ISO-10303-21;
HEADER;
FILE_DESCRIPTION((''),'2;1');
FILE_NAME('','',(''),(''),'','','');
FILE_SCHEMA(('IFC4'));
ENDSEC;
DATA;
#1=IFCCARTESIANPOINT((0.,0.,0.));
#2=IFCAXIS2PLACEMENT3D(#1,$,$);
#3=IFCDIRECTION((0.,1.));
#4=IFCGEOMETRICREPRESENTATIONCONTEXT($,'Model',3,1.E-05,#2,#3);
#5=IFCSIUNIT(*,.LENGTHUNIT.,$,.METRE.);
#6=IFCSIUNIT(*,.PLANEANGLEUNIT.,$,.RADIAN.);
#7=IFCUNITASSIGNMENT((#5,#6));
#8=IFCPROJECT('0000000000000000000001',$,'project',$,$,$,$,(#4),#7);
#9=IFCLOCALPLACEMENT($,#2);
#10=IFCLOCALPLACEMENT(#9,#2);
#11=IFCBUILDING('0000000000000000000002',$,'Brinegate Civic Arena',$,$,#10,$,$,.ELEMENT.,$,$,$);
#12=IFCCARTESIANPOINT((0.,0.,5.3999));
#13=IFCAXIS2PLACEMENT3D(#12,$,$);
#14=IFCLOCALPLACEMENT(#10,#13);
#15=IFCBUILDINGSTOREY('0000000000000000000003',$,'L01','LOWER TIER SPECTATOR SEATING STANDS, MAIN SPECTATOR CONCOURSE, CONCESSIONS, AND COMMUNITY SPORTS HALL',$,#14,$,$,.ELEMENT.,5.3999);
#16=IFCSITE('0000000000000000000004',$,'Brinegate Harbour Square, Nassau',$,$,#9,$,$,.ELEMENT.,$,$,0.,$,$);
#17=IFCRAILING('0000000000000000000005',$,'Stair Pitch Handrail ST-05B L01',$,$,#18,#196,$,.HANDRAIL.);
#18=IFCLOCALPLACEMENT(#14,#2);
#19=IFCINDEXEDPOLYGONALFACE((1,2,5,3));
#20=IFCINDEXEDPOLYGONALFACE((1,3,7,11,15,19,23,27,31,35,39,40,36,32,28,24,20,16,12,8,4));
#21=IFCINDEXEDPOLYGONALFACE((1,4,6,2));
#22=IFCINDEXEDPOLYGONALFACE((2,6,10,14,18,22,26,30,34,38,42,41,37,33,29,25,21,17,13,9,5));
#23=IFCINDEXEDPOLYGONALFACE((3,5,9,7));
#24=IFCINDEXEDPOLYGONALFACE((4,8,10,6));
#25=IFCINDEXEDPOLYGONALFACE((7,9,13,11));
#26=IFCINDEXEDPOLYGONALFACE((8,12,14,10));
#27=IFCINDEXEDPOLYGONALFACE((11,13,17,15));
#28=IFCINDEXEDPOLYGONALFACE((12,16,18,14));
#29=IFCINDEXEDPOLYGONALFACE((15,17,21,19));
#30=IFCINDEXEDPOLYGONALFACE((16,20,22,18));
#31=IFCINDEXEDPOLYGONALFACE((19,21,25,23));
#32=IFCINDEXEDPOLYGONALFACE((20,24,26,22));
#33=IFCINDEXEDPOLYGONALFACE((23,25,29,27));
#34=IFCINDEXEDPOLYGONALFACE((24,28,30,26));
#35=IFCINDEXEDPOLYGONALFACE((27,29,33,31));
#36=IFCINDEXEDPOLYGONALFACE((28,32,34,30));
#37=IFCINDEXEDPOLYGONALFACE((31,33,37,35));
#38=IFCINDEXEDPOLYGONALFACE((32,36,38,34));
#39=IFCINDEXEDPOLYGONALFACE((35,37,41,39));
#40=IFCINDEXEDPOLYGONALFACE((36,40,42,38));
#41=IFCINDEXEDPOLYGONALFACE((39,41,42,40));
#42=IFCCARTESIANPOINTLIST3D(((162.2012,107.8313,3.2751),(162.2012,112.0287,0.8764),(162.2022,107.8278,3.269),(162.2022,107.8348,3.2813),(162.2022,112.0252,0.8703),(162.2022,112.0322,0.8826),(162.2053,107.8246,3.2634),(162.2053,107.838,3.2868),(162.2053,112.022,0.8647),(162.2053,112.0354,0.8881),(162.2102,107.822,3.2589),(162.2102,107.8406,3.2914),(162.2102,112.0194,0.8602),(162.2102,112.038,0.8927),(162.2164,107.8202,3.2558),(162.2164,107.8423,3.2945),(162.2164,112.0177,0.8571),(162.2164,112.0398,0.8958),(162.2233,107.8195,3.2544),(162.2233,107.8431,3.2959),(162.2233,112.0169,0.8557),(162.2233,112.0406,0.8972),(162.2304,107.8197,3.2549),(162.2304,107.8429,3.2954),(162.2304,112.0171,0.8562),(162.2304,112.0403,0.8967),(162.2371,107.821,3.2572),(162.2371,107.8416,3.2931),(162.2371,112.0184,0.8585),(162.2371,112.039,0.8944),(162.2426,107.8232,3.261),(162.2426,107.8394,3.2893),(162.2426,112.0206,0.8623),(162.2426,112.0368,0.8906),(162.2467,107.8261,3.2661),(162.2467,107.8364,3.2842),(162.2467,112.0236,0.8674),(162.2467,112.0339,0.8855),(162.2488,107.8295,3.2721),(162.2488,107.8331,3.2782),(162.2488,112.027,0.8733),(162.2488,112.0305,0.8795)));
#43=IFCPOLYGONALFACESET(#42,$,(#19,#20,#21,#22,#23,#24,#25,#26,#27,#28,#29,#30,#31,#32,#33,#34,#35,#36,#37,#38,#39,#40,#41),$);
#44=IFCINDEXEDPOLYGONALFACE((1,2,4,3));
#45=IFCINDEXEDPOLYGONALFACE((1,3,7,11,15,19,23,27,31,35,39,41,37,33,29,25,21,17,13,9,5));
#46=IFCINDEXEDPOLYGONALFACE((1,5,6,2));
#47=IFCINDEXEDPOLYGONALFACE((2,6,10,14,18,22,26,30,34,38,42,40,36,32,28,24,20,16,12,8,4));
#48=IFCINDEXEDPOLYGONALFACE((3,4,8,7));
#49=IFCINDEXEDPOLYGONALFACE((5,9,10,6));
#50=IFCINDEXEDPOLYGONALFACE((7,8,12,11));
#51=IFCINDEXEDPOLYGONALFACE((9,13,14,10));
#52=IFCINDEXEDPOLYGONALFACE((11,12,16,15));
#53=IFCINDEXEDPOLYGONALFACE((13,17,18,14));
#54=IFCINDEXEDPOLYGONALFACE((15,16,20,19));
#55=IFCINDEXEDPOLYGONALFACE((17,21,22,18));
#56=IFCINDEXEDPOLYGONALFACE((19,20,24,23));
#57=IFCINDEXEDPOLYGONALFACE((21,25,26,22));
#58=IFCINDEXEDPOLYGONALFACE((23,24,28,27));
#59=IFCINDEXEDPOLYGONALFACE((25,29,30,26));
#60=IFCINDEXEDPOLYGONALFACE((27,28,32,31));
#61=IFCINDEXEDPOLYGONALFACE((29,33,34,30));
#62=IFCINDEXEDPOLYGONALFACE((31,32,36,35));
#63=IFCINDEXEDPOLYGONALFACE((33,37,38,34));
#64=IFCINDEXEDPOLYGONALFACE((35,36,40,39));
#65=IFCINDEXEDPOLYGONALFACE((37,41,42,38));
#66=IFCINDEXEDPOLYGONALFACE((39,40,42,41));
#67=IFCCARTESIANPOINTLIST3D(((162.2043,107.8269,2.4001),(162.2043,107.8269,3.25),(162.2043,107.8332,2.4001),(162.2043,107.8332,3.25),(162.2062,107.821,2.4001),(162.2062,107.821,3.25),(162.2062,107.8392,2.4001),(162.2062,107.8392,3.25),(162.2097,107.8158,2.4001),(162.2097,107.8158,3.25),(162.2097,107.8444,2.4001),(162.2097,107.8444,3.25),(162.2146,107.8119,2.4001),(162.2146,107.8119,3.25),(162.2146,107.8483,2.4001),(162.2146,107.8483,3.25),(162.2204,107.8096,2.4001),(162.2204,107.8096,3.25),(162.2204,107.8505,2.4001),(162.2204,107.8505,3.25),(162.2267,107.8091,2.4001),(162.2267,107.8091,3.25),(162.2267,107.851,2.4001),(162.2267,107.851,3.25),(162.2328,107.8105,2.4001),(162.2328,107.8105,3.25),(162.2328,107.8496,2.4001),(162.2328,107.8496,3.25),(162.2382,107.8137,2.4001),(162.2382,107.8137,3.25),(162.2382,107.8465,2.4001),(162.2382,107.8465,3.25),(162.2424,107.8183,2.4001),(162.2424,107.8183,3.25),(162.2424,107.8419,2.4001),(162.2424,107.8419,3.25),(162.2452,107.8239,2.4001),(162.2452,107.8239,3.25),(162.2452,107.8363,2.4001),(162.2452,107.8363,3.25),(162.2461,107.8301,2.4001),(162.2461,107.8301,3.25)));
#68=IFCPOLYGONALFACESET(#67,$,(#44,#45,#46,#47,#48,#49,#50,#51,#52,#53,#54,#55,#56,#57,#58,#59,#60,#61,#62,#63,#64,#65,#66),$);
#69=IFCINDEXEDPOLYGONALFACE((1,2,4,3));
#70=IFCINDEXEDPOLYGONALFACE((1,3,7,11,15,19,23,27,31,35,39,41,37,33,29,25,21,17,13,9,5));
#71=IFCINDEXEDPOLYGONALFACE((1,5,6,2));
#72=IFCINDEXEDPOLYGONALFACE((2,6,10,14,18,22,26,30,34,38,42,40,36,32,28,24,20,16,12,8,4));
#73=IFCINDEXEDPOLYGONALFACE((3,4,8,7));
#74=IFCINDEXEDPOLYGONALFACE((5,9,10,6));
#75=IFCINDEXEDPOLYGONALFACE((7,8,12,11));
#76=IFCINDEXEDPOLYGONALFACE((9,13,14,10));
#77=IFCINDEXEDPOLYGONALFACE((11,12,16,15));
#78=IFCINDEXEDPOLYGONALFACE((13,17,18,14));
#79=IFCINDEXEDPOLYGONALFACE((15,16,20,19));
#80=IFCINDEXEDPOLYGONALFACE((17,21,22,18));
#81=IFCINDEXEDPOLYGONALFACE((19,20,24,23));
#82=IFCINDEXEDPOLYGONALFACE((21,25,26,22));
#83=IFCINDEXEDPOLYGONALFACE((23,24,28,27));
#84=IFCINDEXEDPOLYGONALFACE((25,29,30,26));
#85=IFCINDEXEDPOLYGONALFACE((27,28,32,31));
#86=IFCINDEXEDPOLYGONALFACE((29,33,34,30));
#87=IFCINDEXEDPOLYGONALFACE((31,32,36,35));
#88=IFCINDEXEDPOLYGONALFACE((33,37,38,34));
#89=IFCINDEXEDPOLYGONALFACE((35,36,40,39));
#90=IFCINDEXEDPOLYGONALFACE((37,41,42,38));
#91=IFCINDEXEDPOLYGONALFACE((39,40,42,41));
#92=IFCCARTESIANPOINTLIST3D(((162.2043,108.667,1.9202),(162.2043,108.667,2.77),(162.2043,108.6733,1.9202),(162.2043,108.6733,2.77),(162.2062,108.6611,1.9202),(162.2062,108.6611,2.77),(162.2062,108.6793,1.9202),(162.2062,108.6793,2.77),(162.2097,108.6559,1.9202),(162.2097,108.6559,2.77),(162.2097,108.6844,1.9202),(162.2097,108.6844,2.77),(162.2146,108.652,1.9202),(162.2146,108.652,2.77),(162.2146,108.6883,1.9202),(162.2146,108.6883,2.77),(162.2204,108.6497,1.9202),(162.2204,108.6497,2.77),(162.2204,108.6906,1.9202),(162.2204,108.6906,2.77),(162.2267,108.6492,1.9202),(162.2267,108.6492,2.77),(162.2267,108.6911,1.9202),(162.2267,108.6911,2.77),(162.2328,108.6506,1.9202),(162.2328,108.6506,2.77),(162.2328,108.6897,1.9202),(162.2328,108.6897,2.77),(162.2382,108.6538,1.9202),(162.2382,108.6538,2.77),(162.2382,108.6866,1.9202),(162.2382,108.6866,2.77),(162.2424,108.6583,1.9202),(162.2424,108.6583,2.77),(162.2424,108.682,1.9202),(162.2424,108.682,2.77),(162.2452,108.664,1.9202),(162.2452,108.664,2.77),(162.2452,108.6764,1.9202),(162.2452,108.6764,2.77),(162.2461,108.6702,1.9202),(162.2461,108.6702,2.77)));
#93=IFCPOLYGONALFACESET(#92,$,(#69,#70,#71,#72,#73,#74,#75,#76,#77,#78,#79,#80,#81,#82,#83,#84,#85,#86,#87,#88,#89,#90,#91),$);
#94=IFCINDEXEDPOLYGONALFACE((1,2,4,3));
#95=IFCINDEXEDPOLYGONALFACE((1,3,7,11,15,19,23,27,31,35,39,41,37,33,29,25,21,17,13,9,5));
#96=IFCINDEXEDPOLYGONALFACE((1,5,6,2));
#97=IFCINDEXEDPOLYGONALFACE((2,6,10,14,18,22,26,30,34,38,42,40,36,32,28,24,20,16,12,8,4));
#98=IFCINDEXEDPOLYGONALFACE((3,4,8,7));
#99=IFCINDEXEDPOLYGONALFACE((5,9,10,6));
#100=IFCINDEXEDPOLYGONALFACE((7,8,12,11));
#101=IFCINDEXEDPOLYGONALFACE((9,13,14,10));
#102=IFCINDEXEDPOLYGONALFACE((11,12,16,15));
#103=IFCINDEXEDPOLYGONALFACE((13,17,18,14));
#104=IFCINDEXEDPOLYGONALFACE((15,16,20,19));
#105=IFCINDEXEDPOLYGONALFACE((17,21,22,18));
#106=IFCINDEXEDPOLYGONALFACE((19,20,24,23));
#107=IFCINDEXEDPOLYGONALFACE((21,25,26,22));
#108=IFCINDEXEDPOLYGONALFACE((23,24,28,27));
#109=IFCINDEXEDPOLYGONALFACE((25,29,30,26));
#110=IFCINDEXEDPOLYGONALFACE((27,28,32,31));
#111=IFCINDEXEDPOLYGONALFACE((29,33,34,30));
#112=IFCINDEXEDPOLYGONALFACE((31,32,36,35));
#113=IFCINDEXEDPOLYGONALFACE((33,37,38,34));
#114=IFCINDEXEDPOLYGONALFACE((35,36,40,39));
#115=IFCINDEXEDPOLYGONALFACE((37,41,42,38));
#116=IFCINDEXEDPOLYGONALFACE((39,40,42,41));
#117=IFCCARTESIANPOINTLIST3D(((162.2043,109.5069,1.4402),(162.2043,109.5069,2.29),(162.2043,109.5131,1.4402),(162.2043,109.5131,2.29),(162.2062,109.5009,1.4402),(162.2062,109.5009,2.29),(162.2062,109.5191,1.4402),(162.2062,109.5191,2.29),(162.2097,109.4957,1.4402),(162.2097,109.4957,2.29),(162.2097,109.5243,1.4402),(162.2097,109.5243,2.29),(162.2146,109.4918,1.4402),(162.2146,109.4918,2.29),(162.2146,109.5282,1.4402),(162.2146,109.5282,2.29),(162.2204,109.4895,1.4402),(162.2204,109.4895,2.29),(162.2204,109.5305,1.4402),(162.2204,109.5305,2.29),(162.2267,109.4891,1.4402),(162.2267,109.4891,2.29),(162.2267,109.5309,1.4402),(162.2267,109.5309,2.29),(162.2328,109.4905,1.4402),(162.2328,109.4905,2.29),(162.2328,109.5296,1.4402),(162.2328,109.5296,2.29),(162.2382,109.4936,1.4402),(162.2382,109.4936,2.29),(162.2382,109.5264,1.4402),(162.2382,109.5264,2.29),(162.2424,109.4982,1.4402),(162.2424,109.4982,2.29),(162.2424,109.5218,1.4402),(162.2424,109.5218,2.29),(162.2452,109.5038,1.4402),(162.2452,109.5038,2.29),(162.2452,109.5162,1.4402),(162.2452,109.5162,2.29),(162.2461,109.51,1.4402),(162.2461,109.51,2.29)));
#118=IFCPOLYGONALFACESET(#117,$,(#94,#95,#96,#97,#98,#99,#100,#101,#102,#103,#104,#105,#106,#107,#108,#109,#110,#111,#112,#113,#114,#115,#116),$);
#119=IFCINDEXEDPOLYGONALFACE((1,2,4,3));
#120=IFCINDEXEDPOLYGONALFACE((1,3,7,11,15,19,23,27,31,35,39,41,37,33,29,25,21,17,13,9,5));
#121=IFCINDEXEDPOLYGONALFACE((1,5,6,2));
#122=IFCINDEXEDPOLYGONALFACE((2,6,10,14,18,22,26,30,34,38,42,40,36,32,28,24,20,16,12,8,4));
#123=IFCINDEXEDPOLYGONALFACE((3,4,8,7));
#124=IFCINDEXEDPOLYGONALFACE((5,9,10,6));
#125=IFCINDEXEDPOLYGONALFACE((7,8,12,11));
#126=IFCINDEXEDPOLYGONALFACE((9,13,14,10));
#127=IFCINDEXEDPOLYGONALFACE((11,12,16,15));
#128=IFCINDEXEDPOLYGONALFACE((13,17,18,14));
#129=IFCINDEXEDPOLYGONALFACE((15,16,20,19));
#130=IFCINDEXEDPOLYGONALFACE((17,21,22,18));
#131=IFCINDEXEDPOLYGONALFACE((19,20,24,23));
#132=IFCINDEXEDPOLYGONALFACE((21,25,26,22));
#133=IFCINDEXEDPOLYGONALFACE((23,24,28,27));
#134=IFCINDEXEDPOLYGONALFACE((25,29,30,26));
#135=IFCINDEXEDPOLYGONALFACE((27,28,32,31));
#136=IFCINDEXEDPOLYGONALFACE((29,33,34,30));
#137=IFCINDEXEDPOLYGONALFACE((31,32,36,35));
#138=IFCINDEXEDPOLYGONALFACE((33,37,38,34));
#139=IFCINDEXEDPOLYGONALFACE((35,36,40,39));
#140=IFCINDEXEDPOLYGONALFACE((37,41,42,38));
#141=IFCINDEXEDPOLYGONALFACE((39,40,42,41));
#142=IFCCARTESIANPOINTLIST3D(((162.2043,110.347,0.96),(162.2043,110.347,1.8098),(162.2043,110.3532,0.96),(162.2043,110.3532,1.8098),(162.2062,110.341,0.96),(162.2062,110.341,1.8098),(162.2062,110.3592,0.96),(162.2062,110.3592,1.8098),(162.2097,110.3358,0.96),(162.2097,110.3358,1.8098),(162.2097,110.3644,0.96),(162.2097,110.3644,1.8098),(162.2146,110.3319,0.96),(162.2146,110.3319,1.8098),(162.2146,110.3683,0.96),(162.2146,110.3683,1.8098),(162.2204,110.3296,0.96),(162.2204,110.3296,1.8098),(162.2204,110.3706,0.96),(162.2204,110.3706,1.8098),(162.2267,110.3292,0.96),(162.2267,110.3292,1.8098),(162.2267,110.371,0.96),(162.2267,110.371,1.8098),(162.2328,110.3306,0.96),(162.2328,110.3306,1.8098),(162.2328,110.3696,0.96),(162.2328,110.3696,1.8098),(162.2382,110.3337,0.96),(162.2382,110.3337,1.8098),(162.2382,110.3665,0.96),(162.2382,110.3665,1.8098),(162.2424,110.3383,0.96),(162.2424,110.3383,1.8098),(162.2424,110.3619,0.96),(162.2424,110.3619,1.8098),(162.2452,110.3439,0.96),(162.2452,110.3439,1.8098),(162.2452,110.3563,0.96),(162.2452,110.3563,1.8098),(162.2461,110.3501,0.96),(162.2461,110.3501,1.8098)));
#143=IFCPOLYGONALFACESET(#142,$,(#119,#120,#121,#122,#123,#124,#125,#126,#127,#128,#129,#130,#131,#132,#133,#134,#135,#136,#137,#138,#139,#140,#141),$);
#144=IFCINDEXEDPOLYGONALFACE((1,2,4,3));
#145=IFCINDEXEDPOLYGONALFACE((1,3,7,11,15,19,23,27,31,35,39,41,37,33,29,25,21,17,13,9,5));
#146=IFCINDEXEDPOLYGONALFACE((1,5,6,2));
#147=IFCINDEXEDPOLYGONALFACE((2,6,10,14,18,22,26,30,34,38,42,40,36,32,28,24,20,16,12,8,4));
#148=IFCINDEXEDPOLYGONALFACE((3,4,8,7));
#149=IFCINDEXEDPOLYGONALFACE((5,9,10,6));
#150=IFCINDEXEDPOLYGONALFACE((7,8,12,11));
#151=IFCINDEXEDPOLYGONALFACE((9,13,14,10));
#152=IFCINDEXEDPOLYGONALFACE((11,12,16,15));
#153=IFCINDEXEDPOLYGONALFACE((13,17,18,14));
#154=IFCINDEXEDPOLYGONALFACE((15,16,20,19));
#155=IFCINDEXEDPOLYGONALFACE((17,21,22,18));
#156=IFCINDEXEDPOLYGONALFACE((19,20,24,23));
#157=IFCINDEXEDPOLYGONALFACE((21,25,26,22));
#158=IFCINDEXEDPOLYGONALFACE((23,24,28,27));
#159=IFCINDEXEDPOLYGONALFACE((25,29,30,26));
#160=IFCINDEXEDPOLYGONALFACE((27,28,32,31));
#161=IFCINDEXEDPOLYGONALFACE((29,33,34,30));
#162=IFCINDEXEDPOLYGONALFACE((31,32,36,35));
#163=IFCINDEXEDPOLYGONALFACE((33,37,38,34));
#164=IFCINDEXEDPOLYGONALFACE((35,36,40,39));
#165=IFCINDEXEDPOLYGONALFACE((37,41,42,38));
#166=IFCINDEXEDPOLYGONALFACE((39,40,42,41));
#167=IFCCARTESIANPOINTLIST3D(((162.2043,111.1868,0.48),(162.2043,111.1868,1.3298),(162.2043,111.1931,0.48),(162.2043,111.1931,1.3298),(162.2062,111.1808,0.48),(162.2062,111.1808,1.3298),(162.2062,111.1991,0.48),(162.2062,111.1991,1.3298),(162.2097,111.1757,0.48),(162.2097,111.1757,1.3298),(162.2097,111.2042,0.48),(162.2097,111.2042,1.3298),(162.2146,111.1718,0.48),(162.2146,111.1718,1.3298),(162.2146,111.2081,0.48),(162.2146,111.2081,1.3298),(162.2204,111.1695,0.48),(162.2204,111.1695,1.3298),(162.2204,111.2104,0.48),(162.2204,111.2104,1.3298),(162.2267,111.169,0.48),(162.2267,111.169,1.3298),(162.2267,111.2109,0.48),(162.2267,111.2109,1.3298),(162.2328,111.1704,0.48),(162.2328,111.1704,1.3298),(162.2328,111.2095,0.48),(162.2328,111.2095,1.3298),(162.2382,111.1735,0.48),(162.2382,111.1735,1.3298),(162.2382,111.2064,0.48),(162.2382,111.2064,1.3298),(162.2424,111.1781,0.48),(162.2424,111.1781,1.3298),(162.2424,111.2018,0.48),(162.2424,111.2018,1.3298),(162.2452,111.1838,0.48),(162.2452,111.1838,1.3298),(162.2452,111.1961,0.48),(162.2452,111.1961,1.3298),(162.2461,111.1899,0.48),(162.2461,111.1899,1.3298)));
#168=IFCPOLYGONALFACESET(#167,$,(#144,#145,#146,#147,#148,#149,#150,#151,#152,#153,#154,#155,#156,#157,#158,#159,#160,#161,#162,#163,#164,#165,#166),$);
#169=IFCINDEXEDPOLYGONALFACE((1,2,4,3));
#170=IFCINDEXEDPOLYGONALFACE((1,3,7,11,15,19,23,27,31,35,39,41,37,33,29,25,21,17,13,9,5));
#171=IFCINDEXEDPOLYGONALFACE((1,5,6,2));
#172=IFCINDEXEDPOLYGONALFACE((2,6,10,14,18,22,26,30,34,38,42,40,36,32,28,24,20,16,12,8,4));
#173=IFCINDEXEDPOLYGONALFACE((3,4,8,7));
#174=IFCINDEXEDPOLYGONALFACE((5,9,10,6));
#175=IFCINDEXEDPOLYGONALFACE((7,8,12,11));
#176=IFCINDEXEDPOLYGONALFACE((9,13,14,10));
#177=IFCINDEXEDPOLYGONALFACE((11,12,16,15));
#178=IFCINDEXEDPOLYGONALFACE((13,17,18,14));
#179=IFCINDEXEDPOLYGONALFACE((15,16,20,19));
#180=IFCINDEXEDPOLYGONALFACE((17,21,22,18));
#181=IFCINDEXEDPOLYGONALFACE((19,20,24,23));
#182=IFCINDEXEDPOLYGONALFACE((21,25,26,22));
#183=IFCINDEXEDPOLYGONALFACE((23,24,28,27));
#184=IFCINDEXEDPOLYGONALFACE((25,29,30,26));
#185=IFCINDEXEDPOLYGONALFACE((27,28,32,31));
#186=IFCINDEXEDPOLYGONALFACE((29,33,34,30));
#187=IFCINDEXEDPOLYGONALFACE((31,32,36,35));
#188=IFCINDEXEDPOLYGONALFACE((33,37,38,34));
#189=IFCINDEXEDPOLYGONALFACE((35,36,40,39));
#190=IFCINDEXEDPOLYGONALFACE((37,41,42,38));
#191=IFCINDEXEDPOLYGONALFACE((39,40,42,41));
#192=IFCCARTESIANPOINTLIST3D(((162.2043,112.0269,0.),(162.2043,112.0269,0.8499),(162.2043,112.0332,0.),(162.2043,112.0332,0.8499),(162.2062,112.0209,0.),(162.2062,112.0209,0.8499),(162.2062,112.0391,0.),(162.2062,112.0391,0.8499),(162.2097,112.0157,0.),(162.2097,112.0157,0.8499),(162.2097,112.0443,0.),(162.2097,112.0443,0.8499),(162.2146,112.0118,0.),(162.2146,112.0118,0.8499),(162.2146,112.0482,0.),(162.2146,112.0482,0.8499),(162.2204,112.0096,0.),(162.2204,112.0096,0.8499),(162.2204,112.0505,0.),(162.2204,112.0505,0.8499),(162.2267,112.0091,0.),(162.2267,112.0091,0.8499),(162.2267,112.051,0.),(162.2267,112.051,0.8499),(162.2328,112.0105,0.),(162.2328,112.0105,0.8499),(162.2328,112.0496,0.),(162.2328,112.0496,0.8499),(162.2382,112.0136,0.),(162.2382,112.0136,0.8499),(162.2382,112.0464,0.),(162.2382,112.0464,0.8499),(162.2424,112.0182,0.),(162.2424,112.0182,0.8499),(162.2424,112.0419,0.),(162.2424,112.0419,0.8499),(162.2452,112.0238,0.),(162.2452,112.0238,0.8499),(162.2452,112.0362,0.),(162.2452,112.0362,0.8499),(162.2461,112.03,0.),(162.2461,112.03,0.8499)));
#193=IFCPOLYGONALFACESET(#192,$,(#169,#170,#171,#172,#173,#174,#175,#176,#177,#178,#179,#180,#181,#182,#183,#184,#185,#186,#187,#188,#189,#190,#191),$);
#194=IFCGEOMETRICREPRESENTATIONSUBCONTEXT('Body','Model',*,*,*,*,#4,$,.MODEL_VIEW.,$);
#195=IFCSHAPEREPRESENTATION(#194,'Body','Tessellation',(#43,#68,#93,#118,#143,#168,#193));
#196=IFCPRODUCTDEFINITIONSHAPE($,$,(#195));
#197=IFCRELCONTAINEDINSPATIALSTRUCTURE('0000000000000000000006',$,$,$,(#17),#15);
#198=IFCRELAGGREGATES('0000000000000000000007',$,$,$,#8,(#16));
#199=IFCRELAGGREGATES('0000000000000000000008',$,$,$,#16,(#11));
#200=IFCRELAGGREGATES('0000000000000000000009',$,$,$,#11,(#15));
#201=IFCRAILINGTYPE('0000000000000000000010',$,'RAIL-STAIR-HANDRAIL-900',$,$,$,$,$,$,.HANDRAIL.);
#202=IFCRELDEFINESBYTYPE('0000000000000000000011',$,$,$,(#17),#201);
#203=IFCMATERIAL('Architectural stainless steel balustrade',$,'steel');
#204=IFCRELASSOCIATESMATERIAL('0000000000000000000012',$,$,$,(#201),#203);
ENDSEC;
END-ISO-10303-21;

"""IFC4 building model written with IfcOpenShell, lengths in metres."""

from ifc_helpers import new_model, si_unit, direction, frame, origin, origin_2d, place, context, subcontext, project, spatial, circle, extrude, material, type_object, element, save


model = new_model("IFC4")

# Units and contexts
model_context = context("Model", 3, precision=1e-05, world=origin(), true_north=direction((0.0, 1.0)))
body_context = subcontext(model_context, "Body", "Model", "MODEL_VIEW")
ifc_project = project(units=[si_unit("LENGTHUNIT", "METRE"), si_unit("PLANEANGLEUNIT", "RADIAN")], contexts=[model_context])

# Site, building, storey
site_placement = place(None, origin())
site = spatial("IfcSite", under=ifc_project, at=site_placement, Name="Brinegate Harbour Square, Nassau", CompositionType="ELEMENT", RefElevation=0.0)
building_placement = place(site_placement, origin())
building = spatial("IfcBuilding", under=site, at=building_placement, Name="Brinegate Civic Arena", CompositionType="ELEMENT")
storey_placement = place(building_placement, frame((0.0, 0.0, 5.3999)))
storey = spatial("IfcBuildingStorey", under=building, at=storey_placement, Name="L01", Description="LOWER TIER SPECTATOR SEATING STANDS, MAIN SPECTATOR CONCOURSE, CONCESSIONS, AND COMMUNITY SPORTS HALL", CompositionType="ELEMENT", Elevation=5.3999)

# Railing
ifc_material_1 = material(Name="Architectural stainless steel balustrade", Category="steel")
railing_type_1 = type_object("IfcRailingType", Name="RAIL-STAIR-HANDRAIL-900", PredefinedType="HANDRAIL", material=ifc_material_1)
for number, where, name in (
    (1, (162.2251, 107.8301, 2.4001), "Stair Pitch Handrail ST-05B L01"),
):
    element("IfcRailing", number, at=place(storey_placement, frame(where)), inside=storey, type_object=railing_type_1, Name=name, PredefinedType="HANDRAIL", context=body_context, shape_type="SweptSolid", body=[
        extrude(circle(Radius=0.0239, at=origin_2d()), frame((0.0, 0.0012, 0.875), z_axis=(0.0, 0.868228, -0.496166), x_axis=(-1.0, 0.0, 0.0)), (0.0, 0.0, 1.0), 4.8345),
        extrude(circle(Radius=0.021, at=origin_2d()), origin(), (0.0, 0.0, 1.0), 0.8499),
        extrude(circle(Radius=0.021, at=origin_2d()), frame((0.0, 0.8401, -0.48)), (0.0, 0.0, 1.0), 0.8499),
        extrude(circle(Radius=0.021, at=origin_2d()), frame((0.0, 1.6799, -0.96)), (0.0, 0.0, 1.0), 0.8499),
        extrude(circle(Radius=0.021, at=origin_2d()), frame((0.0, 2.52, -1.4402)), (0.0, 0.0, 1.0), 0.8499),
        extrude(circle(Radius=0.021, at=origin_2d()), frame((0.0, 3.3599, -1.9202)), (0.0, 0.0, 1.0), 0.8499),
        extrude(circle(Radius=0.021, at=origin_2d()), frame((0.0, 4.2, -2.4001)), (0.0, 0.0, 1.0), 0.8499),
    ])

save(model, "model.ifc")
